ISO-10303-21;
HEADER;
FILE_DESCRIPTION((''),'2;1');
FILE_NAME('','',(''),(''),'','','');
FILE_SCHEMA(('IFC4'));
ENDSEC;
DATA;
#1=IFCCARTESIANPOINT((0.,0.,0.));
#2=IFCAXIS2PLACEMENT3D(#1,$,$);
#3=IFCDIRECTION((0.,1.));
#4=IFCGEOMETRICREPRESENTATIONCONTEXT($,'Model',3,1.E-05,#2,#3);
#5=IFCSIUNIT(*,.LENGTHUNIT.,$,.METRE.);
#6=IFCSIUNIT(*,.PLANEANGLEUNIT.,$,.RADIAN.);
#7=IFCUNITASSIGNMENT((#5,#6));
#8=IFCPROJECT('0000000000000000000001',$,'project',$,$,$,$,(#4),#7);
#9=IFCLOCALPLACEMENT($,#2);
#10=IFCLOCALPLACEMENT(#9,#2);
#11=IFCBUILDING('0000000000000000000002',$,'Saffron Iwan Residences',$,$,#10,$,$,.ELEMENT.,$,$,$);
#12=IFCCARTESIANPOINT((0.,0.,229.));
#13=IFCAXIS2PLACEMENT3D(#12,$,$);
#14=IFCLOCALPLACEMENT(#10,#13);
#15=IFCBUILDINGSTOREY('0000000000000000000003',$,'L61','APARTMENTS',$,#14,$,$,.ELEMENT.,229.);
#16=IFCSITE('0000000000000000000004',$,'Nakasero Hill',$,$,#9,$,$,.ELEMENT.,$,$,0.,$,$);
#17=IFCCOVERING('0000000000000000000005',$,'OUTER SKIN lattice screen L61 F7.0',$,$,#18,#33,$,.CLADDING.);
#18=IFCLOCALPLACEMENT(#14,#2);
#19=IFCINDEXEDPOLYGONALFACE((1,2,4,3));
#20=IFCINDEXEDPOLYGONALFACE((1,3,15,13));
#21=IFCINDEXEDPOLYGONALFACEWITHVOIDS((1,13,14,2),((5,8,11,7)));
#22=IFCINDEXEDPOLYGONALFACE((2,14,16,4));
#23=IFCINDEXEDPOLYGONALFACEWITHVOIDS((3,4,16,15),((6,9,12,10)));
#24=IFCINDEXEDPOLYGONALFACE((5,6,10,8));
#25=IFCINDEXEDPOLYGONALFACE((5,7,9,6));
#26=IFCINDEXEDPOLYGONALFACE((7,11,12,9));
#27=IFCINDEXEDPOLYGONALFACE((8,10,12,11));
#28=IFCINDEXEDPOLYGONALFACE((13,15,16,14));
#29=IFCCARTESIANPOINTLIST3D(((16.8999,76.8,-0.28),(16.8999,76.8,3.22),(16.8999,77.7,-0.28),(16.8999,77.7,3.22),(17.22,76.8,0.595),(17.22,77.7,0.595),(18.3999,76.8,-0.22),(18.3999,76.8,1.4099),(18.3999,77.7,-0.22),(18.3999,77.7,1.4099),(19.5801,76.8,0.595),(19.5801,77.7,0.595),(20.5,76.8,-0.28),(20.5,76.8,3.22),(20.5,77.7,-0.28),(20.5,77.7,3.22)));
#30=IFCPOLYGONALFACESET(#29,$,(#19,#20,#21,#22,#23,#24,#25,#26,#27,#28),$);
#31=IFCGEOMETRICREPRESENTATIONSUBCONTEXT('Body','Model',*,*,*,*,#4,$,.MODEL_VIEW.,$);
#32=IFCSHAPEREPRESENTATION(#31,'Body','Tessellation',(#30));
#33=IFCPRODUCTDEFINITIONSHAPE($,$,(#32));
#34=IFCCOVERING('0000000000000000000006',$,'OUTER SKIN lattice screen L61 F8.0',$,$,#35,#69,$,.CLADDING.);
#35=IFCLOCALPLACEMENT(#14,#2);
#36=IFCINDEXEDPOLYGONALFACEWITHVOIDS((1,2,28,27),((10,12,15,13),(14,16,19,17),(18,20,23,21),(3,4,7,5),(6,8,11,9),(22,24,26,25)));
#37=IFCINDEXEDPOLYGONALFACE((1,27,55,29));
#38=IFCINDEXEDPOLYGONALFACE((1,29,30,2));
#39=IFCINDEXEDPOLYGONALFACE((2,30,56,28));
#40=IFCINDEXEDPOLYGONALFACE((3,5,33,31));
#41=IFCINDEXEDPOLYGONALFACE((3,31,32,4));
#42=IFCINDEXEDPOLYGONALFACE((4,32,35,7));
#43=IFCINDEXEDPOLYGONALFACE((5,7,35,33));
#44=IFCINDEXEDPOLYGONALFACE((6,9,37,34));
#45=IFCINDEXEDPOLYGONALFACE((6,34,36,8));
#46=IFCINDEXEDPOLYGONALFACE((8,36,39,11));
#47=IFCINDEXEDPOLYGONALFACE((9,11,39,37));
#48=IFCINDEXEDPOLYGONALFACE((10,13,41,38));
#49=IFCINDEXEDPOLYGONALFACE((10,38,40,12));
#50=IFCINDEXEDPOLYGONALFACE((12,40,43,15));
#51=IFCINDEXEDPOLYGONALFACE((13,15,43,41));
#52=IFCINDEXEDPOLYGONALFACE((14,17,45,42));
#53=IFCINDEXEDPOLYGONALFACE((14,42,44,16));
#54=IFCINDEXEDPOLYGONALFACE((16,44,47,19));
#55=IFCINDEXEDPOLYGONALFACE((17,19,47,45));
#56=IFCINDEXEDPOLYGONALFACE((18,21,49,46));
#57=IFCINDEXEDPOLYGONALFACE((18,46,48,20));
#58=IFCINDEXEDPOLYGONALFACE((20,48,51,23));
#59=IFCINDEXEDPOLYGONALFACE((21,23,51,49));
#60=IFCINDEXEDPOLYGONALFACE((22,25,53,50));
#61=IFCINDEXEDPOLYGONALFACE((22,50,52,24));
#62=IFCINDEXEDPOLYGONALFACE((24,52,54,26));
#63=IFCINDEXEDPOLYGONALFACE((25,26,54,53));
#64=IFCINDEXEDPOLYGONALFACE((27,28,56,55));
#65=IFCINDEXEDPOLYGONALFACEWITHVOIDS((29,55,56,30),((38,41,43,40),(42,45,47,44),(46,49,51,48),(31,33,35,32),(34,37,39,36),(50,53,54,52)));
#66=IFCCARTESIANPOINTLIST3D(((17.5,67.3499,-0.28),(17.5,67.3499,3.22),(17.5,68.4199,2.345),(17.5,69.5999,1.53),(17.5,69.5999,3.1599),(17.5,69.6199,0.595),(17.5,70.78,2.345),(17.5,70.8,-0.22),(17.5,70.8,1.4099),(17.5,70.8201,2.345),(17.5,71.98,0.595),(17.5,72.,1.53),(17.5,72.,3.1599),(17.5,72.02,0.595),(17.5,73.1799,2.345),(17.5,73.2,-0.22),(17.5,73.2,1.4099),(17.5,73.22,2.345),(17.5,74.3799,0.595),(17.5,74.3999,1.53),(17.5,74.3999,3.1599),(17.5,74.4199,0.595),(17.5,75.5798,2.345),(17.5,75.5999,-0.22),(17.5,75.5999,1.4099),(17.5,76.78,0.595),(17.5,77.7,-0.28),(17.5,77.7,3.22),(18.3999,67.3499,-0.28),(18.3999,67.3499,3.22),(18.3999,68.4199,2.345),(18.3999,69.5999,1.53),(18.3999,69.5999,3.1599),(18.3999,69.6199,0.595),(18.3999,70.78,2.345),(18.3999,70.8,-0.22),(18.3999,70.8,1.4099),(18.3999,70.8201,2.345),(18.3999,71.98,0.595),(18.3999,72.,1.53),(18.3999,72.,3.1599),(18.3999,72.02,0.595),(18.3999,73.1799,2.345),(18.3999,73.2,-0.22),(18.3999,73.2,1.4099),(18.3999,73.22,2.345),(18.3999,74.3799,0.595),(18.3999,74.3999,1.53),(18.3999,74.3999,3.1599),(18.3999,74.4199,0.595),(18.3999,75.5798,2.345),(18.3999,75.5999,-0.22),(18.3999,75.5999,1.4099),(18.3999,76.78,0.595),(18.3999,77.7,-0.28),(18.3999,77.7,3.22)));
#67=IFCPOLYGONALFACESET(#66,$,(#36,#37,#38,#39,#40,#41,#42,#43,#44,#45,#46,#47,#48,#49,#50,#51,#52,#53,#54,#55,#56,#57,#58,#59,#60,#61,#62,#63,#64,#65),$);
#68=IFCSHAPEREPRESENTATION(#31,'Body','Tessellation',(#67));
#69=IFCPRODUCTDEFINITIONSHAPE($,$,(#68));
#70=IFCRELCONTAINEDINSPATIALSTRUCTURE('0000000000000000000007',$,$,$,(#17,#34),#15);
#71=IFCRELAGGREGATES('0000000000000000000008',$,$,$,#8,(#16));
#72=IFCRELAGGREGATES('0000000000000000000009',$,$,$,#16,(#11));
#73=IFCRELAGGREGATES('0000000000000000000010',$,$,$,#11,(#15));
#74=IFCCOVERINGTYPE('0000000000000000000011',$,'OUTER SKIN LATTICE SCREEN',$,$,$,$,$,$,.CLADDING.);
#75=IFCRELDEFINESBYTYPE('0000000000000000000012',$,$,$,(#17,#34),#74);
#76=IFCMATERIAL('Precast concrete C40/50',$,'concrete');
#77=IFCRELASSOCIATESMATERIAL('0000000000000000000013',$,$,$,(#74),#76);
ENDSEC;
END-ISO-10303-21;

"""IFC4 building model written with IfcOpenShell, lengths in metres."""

from ifc_helpers import new_model, si_unit, direction, frame, origin, place, context, subcontext, project, spatial, polyline, outline, extrude, material, type_object, element, save


model = new_model("IFC4")

# Units and contexts
model_context = context("Model", 3, precision=1e-05, world=origin(), true_north=direction((0.0, 1.0)))
body_context = subcontext(model_context, "Body", "Model", "MODEL_VIEW")
ifc_project = project(units=[si_unit("LENGTHUNIT", "METRE"), si_unit("PLANEANGLEUNIT", "RADIAN")], contexts=[model_context])

# Site, building, storey
site_placement = place(None, origin())
site = spatial("IfcSite", under=ifc_project, at=site_placement, Name="Nakasero Hill", CompositionType="ELEMENT", RefElevation=0.0)
building_placement = place(site_placement, origin())
building = spatial("IfcBuilding", under=site, at=building_placement, Name="Saffron Iwan Residences", CompositionType="ELEMENT")
storey_placement = place(building_placement, frame((0.0, 0.0, 229.0)))
storey = spatial("IfcBuildingStorey", under=building, at=storey_placement, Name="L61", Description="APARTMENTS", CompositionType="ELEMENT", Elevation=229.0)

# Coverings
ifc_material_1 = material(Name="Precast concrete C40/50", Category="concrete")
covering_type = type_object("IfcCoveringType", Name="OUTER SKIN LATTICE SCREEN", PredefinedType="CLADDING", material=ifc_material_1)
for number, where, z_axis, x_axis, name in (
    (1, (20.5, 76.8, -0.28), (0.0, 1.0, 0.0), (-1.0, 0.0, 0.0), "OUTER SKIN lattice screen L61 F7.0"),
):
    element("IfcCovering", number, at=place(storey_placement, frame(where, z_axis=z_axis, x_axis=x_axis)), inside=storey, type_object=covering_type, Name=name, PredefinedType="CLADDING", context=body_context, shape_type="SweptSolid", body=[
        extrude(outline(polyline([(0.0, 0.0), (3.6001, 0.0), (3.6001, 3.5), (0.0, 3.5), (0.0, 0.0)]), holes=[polyline([(0.9199, 0.875), (2.1001, 0.0601), (3.28, 0.875), (2.1001, 1.6899), (0.9199, 0.875)])]), origin(), (0.0, 0.0, 1.0), 0.8999),
    ])
covering_placement = place(storey_placement, frame((18.3999, 77.7, -0.28), z_axis=(-1.0, 0.0, 0.0), x_axis=(0.0, -1.0, 0.0)))
element("IfcCovering", 2, at=covering_placement, inside=storey, type_object=covering_type, Name="OUTER SKIN lattice screen L61 F8.0", PredefinedType="CLADDING", context=body_context, shape_type="SweptSolid", body=[
    extrude(outline(polyline([(0.0, 0.0), (10.3501, 0.0), (10.3501, 3.5), (0.0, 3.5), (0.0, 0.0)]), holes=[polyline([(0.9199, 0.875), (2.1001, 0.0601), (3.28, 0.875), (2.1001, 1.6899), (0.9199, 0.875)]), polyline([(3.3201, 0.875), (4.5, 0.0601), (5.6799, 0.875), (4.5, 1.6899), (3.3201, 0.875)]), polyline([(5.72, 0.875), (6.8999, 0.0601), (8.0801, 0.875), (6.8999, 1.6899), (5.72, 0.875)]), polyline([(2.1201, 2.625), (3.3, 1.8101), (4.48, 2.625), (3.3, 3.4399), (2.1201, 2.625)]), polyline([(4.52, 2.625), (5.7, 1.8101), (6.8799, 2.625), (5.7, 3.4399), (4.52, 2.625)]), polyline([(6.9199, 2.625), (8.1001, 1.8101), (9.28, 2.625), (8.1001, 3.4399), (6.9199, 2.625)])]), origin(), (0.0, 0.0, 1.0), 0.8999),
])

save(model, "model.ifc")
